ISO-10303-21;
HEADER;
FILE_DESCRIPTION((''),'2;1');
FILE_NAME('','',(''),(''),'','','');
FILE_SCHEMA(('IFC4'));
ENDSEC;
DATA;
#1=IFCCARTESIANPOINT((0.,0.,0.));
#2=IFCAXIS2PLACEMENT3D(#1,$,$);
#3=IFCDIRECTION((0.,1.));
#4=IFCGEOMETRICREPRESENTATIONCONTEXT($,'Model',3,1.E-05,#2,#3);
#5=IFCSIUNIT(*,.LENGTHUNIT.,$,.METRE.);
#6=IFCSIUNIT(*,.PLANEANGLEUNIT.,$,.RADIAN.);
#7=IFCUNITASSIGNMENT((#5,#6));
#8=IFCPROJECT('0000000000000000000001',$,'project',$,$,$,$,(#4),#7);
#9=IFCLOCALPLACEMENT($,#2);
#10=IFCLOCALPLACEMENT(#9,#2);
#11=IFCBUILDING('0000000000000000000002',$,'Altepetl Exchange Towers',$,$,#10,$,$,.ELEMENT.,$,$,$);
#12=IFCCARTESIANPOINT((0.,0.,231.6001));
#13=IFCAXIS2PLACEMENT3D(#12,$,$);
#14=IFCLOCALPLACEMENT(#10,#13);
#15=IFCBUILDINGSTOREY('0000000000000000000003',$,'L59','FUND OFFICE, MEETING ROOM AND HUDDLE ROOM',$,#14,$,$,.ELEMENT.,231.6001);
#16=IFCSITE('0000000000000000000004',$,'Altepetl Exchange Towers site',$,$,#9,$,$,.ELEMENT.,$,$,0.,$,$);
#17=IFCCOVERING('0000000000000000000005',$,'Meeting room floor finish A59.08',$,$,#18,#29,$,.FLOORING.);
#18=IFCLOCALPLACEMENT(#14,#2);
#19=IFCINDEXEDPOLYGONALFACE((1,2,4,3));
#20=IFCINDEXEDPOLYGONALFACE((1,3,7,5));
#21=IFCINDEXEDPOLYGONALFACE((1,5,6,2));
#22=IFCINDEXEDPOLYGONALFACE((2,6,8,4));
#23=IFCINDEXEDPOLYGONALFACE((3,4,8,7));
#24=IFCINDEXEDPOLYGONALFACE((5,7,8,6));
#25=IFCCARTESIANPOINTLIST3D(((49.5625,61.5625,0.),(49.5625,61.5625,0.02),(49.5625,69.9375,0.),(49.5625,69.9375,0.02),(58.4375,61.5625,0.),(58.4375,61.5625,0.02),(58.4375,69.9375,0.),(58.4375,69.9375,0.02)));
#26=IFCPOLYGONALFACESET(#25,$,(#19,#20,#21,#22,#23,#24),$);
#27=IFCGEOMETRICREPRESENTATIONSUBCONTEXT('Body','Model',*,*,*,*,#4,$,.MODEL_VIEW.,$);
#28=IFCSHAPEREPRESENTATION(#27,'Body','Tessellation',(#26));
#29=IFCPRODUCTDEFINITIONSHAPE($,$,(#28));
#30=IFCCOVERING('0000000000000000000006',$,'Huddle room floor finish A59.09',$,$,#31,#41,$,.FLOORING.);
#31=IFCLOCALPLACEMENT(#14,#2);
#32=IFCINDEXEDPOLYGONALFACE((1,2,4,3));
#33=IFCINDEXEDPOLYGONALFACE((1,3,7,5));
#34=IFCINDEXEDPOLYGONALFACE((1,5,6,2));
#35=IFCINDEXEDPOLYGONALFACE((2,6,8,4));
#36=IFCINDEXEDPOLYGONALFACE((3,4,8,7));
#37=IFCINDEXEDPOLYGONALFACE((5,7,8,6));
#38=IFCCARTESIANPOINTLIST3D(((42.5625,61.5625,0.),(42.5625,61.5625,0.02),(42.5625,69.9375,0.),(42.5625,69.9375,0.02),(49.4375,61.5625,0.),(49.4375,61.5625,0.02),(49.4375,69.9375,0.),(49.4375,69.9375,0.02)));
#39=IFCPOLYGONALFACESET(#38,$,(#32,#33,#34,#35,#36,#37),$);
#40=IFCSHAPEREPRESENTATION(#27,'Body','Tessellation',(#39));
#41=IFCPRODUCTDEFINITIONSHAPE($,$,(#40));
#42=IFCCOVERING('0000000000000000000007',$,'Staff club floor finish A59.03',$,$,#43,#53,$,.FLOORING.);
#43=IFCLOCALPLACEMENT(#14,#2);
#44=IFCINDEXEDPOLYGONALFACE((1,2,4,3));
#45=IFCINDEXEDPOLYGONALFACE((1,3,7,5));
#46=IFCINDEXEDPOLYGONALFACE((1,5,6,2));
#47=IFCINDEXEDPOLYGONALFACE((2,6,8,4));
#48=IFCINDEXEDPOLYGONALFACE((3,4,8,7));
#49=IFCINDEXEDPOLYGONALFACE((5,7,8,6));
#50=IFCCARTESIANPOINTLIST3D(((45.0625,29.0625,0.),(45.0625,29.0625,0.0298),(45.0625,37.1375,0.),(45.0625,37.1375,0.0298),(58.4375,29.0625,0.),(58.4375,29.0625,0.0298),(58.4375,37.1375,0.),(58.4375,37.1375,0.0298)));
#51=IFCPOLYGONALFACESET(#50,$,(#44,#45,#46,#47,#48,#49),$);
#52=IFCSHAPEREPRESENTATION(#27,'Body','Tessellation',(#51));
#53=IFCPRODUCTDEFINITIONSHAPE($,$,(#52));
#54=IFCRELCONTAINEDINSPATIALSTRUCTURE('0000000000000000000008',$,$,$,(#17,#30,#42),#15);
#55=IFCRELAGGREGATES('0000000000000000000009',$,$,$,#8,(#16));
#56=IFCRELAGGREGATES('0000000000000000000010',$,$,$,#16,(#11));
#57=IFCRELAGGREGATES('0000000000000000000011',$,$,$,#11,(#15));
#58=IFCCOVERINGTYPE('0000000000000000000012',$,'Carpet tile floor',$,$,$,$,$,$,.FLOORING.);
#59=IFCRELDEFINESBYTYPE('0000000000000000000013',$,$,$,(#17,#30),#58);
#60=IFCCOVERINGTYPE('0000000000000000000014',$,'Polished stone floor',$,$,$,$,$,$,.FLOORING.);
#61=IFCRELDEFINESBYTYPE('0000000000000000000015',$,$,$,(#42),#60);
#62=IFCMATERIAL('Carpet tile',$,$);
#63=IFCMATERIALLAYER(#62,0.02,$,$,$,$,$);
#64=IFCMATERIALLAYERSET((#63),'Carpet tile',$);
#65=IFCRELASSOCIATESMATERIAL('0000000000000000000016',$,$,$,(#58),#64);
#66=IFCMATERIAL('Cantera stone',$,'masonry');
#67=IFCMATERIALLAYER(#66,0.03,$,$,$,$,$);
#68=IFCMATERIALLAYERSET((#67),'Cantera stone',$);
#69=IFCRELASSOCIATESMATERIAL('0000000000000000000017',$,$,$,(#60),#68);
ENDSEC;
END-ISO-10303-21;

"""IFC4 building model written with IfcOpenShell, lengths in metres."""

from ifc_helpers import new_model, si_unit, direction, frame, origin, place, context, subcontext, project, spatial, polyline, outline, extrude, material, layer, layer_set, type_object, element, save


model = new_model("IFC4")

# Units and contexts
model_context = context("Model", 3, precision=1e-05, world=origin(), true_north=direction((0.0, 1.0)))
body_context = subcontext(model_context, "Body", "Model", "MODEL_VIEW")
ifc_project = project(units=[si_unit("LENGTHUNIT", "METRE"), si_unit("PLANEANGLEUNIT", "RADIAN")], contexts=[model_context])

# Site, building, storey
site_placement = place(None, origin())
site = spatial("IfcSite", under=ifc_project, at=site_placement, Name="Altepetl Exchange Towers site", CompositionType="ELEMENT", RefElevation=0.0)
building_placement = place(site_placement, origin())
building = spatial("IfcBuilding", under=site, at=building_placement, Name="Altepetl Exchange Towers", CompositionType="ELEMENT")
storey_placement = place(building_placement, frame((0.0, 0.0, 231.6001)))
storey = spatial("IfcBuildingStorey", under=building, at=storey_placement, Name="L59", Description="FUND OFFICE, MEETING ROOM AND HUDDLE ROOM", CompositionType="ELEMENT", Elevation=231.6001)

# Coverings
ifc_material_1 = material(Name="Carpet tile")
ifc_layer_1 = layer(ifc_material_1, 0.02)
ifc_layer_set_1 = layer_set([ifc_layer_1], Name="Carpet tile")
covering_type_1 = type_object("IfcCoveringType", Name="Carpet tile floor", PredefinedType="FLOORING", material=ifc_layer_set_1)
covering_1_placement = place(storey_placement, origin())
element("IfcCovering", 1, at=covering_1_placement, inside=storey, type_object=covering_type_1, Name="Meeting room floor finish A59.08", PredefinedType="FLOORING", context=body_context, shape_type="SweptSolid", body=[
    extrude(outline(polyline([(58.4375, 61.5625), (58.4375, 69.9375), (49.5625, 69.9375), (49.5625, 61.5625), (58.4375, 61.5625)])), origin(), (0.0, 0.0, 1.0), 0.02),
])
covering_2_placement = place(storey_placement, origin())
element("IfcCovering", 2, at=covering_2_placement, inside=storey, type_object=covering_type_1, Name="Huddle room floor finish A59.09", PredefinedType="FLOORING", context=body_context, shape_type="SweptSolid", body=[
    extrude(outline(polyline([(42.5625, 61.5625), (49.4375, 61.5625), (49.4375, 69.9375), (42.5625, 69.9375), (42.5625, 61.5625)])), origin(), (0.0, 0.0, 1.0), 0.02),
])
ifc_material_2 = material(Name="Cantera stone", Category="masonry")
ifc_layer_2 = layer(ifc_material_2, 0.03)
ifc_layer_set_2 = layer_set([ifc_layer_2], Name="Cantera stone")
covering_type_2 = type_object("IfcCoveringType", Name="Polished stone floor", PredefinedType="FLOORING", material=ifc_layer_set_2)
covering_3_placement = place(storey_placement, origin())
element("IfcCovering", 3, at=covering_3_placement, inside=storey, type_object=covering_type_2, Name="Staff club floor finish A59.03", PredefinedType="FLOORING", context=body_context, shape_type="SweptSolid", body=[
    extrude(outline(polyline([(45.0625, 37.1375), (45.0625, 29.0625), (58.4375, 29.0625), (58.4375, 37.1375), (45.0625, 37.1375)])), origin(), (0.0, 0.0, 1.0), 0.0298),
])

save(model, "model.ifc")
